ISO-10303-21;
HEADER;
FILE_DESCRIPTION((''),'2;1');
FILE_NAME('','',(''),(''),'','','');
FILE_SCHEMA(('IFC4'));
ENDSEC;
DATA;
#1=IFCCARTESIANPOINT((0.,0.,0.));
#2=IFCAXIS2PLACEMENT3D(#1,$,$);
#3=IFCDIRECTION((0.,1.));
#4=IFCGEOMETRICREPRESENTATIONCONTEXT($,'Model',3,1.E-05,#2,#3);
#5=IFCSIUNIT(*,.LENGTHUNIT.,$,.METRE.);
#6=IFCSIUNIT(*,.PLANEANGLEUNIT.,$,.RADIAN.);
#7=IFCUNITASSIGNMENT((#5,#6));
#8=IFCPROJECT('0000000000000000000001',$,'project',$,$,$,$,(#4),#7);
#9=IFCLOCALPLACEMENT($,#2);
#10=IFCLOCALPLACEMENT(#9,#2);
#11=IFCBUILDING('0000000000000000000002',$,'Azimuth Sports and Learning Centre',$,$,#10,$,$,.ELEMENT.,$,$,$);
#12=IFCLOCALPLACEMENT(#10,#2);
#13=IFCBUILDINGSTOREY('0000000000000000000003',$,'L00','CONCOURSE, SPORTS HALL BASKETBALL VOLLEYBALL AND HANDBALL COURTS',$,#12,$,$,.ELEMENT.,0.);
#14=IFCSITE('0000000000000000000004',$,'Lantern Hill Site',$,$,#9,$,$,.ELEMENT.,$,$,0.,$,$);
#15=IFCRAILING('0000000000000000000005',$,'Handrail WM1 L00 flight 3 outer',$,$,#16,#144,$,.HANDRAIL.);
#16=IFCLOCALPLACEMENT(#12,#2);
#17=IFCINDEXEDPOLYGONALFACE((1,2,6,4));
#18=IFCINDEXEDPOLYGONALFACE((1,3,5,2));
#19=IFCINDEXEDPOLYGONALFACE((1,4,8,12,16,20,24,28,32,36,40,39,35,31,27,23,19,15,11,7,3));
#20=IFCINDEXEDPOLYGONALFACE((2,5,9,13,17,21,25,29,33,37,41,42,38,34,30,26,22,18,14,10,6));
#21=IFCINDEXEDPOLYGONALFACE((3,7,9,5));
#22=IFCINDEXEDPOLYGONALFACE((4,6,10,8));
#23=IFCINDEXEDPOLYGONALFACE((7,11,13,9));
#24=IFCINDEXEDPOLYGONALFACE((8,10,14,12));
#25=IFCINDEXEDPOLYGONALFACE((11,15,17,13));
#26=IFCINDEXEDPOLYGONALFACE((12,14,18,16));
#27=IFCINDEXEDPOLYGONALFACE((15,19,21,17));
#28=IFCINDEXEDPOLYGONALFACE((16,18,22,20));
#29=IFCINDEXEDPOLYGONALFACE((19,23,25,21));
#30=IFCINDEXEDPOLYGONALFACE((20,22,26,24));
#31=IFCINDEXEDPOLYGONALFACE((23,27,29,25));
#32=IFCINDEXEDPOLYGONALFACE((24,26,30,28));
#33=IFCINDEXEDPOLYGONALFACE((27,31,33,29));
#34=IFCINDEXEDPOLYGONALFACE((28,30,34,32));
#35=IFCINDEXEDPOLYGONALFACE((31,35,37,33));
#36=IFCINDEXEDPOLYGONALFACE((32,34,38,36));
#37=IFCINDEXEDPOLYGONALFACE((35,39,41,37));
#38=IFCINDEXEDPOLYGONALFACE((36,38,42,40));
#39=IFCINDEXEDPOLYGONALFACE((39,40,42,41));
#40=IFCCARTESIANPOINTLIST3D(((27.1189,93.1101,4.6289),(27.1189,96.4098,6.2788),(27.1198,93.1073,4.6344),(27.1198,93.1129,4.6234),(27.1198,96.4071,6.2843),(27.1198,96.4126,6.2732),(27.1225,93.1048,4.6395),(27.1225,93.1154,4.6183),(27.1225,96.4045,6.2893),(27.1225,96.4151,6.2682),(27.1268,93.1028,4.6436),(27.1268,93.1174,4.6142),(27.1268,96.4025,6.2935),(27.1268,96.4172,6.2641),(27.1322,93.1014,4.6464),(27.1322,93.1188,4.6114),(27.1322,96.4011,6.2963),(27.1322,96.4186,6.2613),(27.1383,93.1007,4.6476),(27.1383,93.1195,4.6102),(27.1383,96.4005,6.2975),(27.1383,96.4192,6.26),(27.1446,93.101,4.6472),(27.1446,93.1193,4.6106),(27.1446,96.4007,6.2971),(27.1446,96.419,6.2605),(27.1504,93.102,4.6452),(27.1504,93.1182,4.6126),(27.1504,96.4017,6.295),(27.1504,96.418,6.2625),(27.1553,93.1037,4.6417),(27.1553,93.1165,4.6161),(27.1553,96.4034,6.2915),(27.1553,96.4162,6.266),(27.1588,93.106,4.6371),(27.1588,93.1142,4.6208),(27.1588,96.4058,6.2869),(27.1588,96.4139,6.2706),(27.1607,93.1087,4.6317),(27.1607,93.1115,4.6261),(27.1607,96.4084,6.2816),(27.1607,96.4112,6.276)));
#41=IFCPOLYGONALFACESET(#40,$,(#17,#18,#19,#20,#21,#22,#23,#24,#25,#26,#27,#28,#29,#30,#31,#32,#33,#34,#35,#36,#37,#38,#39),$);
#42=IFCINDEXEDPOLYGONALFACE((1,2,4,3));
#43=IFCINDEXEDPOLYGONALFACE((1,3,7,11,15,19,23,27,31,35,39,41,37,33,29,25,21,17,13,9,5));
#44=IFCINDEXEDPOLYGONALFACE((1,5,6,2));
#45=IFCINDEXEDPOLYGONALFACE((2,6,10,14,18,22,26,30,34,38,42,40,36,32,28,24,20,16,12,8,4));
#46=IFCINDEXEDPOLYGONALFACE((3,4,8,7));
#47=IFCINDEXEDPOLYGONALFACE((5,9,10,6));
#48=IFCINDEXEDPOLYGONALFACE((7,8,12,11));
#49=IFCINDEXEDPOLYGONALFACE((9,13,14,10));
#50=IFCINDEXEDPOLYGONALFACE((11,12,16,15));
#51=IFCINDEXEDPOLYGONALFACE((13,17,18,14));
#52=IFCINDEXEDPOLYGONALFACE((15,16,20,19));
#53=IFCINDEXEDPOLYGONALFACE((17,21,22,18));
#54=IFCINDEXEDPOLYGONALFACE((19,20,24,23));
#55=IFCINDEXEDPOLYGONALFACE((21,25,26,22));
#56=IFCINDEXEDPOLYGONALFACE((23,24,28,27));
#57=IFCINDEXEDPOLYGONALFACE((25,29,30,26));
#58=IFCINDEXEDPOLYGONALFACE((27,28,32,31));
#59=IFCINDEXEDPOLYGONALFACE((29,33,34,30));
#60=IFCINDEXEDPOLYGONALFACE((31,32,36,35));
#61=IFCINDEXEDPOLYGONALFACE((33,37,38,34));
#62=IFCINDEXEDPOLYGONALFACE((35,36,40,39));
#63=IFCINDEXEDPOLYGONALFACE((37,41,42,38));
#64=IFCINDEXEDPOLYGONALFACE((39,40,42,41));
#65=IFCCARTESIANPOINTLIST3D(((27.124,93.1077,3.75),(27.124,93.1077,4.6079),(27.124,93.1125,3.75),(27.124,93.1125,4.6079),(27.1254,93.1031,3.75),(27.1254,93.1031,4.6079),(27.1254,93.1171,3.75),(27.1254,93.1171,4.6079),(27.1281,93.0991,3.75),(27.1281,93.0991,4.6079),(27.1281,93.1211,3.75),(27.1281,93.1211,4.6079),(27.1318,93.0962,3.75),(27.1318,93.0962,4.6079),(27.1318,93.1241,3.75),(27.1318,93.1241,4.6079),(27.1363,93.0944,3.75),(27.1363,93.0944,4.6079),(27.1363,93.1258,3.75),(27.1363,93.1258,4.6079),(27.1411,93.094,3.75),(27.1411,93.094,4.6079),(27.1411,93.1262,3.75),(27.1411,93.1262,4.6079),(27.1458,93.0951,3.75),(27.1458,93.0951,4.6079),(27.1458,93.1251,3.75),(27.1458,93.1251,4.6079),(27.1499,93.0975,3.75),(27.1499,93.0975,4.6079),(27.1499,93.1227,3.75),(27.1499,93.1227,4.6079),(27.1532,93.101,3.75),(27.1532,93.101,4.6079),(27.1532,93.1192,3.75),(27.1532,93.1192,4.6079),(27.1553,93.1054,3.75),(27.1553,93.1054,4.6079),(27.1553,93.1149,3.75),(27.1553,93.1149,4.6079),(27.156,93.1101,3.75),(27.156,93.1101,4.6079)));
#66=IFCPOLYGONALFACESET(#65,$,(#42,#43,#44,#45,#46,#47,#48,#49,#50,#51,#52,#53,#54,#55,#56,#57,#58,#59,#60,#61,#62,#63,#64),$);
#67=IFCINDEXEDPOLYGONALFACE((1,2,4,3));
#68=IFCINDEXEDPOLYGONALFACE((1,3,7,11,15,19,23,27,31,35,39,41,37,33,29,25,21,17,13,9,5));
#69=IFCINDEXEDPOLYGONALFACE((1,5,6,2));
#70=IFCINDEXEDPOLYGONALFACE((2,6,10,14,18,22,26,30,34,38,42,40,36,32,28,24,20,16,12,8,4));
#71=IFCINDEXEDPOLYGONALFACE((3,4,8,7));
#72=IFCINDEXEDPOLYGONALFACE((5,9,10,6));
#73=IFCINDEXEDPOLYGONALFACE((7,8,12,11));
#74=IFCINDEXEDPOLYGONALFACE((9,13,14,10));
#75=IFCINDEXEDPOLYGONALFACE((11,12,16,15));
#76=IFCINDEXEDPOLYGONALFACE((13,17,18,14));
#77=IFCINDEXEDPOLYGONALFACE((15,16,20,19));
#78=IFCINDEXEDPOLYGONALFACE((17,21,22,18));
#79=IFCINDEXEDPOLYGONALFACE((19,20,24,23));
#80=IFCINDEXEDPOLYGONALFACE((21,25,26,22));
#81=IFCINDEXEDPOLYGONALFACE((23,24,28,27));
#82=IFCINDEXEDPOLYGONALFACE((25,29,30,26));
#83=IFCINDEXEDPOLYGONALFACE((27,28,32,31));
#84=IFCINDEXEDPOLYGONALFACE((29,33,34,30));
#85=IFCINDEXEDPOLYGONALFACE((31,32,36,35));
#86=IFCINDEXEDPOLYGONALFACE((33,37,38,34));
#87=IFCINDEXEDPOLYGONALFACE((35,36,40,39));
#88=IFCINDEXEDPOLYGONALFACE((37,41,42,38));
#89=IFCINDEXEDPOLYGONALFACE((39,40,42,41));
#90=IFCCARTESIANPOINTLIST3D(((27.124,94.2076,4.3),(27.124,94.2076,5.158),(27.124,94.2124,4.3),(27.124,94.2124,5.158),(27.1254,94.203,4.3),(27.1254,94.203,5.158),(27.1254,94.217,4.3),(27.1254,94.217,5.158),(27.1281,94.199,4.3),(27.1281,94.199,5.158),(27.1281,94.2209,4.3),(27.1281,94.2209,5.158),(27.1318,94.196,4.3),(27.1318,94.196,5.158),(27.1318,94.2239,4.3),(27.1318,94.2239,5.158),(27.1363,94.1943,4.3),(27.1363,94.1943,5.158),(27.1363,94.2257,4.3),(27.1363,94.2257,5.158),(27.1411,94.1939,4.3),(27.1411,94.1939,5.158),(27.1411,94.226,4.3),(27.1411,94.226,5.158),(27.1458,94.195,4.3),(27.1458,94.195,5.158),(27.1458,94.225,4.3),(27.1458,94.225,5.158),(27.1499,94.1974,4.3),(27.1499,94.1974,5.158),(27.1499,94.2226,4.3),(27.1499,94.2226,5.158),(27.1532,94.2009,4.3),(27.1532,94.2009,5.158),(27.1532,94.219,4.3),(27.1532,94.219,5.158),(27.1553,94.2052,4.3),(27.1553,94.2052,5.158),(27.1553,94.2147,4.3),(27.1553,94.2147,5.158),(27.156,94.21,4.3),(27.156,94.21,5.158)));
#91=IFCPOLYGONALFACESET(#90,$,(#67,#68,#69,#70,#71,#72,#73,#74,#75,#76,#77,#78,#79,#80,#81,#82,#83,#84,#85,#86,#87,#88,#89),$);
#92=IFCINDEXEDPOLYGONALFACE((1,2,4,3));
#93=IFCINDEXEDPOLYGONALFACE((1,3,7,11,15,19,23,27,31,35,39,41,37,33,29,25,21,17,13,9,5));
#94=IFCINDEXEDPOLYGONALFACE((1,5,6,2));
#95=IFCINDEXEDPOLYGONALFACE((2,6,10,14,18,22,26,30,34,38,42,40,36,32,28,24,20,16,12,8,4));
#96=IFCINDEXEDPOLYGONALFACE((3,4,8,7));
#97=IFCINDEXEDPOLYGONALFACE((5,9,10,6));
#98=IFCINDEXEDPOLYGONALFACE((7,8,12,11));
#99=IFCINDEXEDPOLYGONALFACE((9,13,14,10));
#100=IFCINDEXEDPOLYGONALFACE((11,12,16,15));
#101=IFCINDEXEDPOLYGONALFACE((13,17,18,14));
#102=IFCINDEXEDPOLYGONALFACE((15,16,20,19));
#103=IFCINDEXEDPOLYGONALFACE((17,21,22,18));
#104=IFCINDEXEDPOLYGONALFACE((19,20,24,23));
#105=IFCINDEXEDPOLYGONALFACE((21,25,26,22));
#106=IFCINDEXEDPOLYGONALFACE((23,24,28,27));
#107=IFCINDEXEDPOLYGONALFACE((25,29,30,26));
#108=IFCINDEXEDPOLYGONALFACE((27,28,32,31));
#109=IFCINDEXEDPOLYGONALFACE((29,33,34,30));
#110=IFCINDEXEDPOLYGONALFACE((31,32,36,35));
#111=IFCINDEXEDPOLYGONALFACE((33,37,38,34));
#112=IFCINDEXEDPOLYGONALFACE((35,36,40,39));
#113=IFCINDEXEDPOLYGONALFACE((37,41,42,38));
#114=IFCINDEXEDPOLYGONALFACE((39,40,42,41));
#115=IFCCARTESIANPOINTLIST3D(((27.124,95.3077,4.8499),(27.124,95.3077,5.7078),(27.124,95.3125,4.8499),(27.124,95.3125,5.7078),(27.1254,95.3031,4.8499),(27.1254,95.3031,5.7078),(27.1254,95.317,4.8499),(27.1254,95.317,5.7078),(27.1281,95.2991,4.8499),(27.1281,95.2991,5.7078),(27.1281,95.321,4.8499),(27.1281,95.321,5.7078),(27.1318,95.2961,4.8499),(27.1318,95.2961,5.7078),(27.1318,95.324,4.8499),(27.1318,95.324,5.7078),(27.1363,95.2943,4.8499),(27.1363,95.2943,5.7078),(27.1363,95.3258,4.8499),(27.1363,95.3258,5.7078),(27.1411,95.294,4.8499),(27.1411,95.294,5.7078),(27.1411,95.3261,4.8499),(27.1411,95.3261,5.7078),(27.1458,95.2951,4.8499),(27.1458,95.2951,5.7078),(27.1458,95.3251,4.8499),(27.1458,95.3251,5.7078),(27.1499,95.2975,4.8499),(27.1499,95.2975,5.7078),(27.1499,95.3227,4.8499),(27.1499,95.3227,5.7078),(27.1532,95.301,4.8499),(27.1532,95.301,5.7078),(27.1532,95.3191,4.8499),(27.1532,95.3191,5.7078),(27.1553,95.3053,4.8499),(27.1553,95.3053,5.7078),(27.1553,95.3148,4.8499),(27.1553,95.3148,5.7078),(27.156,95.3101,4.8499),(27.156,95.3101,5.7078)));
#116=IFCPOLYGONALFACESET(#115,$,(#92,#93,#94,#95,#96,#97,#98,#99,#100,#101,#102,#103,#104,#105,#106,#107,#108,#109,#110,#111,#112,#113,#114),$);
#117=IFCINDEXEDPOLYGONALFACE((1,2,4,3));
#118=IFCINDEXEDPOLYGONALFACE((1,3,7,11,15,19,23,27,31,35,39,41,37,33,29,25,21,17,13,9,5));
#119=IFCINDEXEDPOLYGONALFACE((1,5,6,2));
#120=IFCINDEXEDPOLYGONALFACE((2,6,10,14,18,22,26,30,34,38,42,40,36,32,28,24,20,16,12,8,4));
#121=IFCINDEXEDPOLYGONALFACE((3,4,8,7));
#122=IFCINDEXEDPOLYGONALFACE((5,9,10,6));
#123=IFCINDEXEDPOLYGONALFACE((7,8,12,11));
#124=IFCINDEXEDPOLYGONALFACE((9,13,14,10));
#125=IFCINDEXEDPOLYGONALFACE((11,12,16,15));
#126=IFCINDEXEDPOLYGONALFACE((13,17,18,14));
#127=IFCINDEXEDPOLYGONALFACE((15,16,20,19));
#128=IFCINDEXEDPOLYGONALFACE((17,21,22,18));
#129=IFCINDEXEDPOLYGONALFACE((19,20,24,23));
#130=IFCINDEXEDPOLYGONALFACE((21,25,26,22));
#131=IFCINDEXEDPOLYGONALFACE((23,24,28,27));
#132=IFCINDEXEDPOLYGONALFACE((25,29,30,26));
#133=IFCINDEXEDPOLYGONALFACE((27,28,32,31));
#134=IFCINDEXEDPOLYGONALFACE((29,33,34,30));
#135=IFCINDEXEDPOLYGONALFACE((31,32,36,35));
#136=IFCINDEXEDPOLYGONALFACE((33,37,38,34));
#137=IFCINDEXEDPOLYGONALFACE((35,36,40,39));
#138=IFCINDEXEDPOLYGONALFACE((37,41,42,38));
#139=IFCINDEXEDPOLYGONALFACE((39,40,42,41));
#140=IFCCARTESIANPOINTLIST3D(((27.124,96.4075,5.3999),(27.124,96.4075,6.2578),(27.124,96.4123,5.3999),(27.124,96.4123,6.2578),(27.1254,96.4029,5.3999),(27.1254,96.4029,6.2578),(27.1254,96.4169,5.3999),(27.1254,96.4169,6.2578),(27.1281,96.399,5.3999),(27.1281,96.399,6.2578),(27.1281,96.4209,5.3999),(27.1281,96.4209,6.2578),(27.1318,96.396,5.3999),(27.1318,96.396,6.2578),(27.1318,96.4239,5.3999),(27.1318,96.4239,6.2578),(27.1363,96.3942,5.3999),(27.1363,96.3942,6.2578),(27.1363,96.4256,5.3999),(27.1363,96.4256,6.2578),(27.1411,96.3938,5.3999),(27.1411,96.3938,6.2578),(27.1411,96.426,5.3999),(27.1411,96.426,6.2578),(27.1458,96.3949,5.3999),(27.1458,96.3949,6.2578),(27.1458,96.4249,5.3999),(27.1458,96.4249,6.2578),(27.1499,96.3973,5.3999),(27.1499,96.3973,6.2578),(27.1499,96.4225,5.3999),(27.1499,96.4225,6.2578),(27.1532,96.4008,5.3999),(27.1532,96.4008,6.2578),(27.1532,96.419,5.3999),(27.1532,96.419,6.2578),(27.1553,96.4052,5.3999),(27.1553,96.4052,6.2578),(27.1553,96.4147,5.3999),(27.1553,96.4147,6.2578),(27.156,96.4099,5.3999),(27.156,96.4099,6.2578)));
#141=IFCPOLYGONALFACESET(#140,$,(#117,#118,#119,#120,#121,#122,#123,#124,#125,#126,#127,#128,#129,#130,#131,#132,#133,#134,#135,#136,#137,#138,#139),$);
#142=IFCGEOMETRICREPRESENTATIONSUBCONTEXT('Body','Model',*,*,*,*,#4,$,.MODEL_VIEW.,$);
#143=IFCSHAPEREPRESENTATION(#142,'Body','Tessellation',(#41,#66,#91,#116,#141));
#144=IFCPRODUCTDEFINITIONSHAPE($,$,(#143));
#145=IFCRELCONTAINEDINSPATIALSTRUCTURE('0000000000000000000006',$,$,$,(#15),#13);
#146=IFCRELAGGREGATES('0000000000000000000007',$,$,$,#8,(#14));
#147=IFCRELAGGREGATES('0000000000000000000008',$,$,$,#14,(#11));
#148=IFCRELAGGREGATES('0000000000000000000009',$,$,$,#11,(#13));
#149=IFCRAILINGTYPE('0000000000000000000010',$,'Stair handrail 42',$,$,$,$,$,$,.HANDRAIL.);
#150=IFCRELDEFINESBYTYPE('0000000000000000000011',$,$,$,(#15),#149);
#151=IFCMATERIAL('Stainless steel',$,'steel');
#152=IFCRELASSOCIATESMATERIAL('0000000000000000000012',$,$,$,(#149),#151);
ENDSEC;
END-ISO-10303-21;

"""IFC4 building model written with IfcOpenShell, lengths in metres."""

from ifc_helpers import new_model, si_unit, direction, frame, origin, origin_2d, place, context, subcontext, project, spatial, circle, extrude, material, type_object, element, save


model = new_model("IFC4")

# Units and contexts
model_context = context("Model", 3, precision=1e-05, world=origin(), true_north=direction((0.0, 1.0)))
body_context = subcontext(model_context, "Body", "Model", "MODEL_VIEW")
ifc_project = project(units=[si_unit("LENGTHUNIT", "METRE"), si_unit("PLANEANGLEUNIT", "RADIAN")], contexts=[model_context])

# Site, building, storey
site_placement = place(None, origin())
site = spatial("IfcSite", under=ifc_project, at=site_placement, Name="Lantern Hill Site", CompositionType="ELEMENT", RefElevation=0.0)
building_placement = place(site_placement, origin())
building = spatial("IfcBuilding", under=site, at=building_placement, Name="Azimuth Sports and Learning Centre", CompositionType="ELEMENT")
storey_placement = place(building_placement, origin())
storey = spatial("IfcBuildingStorey", under=building, at=storey_placement, Name="L00", Description="CONCOURSE, SPORTS HALL BASKETBALL VOLLEYBALL AND HANDBALL COURTS", CompositionType="ELEMENT", Elevation=0.0)

# Railing
ifc_material_1 = material(Name="Stainless steel", Category="steel")
railing_type = type_object("IfcRailingType", Name="Stair handrail 42", PredefinedType="HANDRAIL", material=ifc_material_1)
for number, where, name in (
    (1, (27.1399, 93.1101, 3.75), "Handrail WM1 L00 flight 3 outer"),
):
    element("IfcRailing", number, at=place(storey_placement, frame(where)), inside=storey, type_object=railing_type, Name=name, PredefinedType="HANDRAIL", context=body_context, shape_type="SweptSolid", body=[
        extrude(circle(Radius=0.021, at=origin_2d()), frame((0.0, 0.0, 0.8789), z_axis=(0.0, 0.894427, 0.447214), x_axis=(-1.0, 0.0, 0.0)), (0.0, 0.0, 1.0), 3.6892),
        extrude(circle(Radius=0.0161, at=origin_2d()), origin(), (0.0, 0.0, 1.0), 0.8579),
        extrude(circle(Radius=0.0161, at=origin_2d()), frame((0.0, 1.0999, 0.55)), (0.0, 0.0, 1.0), 0.8579),
        extrude(circle(Radius=0.0161, at=origin_2d()), frame((0.0, 2.2, 1.0999)), (0.0, 0.0, 1.0), 0.8579),
        extrude(circle(Radius=0.0161, at=origin_2d()), frame((0.0, 3.2998, 1.6499)), (0.0, 0.0, 1.0), 0.8579),
    ])

save(model, "model.ifc")
